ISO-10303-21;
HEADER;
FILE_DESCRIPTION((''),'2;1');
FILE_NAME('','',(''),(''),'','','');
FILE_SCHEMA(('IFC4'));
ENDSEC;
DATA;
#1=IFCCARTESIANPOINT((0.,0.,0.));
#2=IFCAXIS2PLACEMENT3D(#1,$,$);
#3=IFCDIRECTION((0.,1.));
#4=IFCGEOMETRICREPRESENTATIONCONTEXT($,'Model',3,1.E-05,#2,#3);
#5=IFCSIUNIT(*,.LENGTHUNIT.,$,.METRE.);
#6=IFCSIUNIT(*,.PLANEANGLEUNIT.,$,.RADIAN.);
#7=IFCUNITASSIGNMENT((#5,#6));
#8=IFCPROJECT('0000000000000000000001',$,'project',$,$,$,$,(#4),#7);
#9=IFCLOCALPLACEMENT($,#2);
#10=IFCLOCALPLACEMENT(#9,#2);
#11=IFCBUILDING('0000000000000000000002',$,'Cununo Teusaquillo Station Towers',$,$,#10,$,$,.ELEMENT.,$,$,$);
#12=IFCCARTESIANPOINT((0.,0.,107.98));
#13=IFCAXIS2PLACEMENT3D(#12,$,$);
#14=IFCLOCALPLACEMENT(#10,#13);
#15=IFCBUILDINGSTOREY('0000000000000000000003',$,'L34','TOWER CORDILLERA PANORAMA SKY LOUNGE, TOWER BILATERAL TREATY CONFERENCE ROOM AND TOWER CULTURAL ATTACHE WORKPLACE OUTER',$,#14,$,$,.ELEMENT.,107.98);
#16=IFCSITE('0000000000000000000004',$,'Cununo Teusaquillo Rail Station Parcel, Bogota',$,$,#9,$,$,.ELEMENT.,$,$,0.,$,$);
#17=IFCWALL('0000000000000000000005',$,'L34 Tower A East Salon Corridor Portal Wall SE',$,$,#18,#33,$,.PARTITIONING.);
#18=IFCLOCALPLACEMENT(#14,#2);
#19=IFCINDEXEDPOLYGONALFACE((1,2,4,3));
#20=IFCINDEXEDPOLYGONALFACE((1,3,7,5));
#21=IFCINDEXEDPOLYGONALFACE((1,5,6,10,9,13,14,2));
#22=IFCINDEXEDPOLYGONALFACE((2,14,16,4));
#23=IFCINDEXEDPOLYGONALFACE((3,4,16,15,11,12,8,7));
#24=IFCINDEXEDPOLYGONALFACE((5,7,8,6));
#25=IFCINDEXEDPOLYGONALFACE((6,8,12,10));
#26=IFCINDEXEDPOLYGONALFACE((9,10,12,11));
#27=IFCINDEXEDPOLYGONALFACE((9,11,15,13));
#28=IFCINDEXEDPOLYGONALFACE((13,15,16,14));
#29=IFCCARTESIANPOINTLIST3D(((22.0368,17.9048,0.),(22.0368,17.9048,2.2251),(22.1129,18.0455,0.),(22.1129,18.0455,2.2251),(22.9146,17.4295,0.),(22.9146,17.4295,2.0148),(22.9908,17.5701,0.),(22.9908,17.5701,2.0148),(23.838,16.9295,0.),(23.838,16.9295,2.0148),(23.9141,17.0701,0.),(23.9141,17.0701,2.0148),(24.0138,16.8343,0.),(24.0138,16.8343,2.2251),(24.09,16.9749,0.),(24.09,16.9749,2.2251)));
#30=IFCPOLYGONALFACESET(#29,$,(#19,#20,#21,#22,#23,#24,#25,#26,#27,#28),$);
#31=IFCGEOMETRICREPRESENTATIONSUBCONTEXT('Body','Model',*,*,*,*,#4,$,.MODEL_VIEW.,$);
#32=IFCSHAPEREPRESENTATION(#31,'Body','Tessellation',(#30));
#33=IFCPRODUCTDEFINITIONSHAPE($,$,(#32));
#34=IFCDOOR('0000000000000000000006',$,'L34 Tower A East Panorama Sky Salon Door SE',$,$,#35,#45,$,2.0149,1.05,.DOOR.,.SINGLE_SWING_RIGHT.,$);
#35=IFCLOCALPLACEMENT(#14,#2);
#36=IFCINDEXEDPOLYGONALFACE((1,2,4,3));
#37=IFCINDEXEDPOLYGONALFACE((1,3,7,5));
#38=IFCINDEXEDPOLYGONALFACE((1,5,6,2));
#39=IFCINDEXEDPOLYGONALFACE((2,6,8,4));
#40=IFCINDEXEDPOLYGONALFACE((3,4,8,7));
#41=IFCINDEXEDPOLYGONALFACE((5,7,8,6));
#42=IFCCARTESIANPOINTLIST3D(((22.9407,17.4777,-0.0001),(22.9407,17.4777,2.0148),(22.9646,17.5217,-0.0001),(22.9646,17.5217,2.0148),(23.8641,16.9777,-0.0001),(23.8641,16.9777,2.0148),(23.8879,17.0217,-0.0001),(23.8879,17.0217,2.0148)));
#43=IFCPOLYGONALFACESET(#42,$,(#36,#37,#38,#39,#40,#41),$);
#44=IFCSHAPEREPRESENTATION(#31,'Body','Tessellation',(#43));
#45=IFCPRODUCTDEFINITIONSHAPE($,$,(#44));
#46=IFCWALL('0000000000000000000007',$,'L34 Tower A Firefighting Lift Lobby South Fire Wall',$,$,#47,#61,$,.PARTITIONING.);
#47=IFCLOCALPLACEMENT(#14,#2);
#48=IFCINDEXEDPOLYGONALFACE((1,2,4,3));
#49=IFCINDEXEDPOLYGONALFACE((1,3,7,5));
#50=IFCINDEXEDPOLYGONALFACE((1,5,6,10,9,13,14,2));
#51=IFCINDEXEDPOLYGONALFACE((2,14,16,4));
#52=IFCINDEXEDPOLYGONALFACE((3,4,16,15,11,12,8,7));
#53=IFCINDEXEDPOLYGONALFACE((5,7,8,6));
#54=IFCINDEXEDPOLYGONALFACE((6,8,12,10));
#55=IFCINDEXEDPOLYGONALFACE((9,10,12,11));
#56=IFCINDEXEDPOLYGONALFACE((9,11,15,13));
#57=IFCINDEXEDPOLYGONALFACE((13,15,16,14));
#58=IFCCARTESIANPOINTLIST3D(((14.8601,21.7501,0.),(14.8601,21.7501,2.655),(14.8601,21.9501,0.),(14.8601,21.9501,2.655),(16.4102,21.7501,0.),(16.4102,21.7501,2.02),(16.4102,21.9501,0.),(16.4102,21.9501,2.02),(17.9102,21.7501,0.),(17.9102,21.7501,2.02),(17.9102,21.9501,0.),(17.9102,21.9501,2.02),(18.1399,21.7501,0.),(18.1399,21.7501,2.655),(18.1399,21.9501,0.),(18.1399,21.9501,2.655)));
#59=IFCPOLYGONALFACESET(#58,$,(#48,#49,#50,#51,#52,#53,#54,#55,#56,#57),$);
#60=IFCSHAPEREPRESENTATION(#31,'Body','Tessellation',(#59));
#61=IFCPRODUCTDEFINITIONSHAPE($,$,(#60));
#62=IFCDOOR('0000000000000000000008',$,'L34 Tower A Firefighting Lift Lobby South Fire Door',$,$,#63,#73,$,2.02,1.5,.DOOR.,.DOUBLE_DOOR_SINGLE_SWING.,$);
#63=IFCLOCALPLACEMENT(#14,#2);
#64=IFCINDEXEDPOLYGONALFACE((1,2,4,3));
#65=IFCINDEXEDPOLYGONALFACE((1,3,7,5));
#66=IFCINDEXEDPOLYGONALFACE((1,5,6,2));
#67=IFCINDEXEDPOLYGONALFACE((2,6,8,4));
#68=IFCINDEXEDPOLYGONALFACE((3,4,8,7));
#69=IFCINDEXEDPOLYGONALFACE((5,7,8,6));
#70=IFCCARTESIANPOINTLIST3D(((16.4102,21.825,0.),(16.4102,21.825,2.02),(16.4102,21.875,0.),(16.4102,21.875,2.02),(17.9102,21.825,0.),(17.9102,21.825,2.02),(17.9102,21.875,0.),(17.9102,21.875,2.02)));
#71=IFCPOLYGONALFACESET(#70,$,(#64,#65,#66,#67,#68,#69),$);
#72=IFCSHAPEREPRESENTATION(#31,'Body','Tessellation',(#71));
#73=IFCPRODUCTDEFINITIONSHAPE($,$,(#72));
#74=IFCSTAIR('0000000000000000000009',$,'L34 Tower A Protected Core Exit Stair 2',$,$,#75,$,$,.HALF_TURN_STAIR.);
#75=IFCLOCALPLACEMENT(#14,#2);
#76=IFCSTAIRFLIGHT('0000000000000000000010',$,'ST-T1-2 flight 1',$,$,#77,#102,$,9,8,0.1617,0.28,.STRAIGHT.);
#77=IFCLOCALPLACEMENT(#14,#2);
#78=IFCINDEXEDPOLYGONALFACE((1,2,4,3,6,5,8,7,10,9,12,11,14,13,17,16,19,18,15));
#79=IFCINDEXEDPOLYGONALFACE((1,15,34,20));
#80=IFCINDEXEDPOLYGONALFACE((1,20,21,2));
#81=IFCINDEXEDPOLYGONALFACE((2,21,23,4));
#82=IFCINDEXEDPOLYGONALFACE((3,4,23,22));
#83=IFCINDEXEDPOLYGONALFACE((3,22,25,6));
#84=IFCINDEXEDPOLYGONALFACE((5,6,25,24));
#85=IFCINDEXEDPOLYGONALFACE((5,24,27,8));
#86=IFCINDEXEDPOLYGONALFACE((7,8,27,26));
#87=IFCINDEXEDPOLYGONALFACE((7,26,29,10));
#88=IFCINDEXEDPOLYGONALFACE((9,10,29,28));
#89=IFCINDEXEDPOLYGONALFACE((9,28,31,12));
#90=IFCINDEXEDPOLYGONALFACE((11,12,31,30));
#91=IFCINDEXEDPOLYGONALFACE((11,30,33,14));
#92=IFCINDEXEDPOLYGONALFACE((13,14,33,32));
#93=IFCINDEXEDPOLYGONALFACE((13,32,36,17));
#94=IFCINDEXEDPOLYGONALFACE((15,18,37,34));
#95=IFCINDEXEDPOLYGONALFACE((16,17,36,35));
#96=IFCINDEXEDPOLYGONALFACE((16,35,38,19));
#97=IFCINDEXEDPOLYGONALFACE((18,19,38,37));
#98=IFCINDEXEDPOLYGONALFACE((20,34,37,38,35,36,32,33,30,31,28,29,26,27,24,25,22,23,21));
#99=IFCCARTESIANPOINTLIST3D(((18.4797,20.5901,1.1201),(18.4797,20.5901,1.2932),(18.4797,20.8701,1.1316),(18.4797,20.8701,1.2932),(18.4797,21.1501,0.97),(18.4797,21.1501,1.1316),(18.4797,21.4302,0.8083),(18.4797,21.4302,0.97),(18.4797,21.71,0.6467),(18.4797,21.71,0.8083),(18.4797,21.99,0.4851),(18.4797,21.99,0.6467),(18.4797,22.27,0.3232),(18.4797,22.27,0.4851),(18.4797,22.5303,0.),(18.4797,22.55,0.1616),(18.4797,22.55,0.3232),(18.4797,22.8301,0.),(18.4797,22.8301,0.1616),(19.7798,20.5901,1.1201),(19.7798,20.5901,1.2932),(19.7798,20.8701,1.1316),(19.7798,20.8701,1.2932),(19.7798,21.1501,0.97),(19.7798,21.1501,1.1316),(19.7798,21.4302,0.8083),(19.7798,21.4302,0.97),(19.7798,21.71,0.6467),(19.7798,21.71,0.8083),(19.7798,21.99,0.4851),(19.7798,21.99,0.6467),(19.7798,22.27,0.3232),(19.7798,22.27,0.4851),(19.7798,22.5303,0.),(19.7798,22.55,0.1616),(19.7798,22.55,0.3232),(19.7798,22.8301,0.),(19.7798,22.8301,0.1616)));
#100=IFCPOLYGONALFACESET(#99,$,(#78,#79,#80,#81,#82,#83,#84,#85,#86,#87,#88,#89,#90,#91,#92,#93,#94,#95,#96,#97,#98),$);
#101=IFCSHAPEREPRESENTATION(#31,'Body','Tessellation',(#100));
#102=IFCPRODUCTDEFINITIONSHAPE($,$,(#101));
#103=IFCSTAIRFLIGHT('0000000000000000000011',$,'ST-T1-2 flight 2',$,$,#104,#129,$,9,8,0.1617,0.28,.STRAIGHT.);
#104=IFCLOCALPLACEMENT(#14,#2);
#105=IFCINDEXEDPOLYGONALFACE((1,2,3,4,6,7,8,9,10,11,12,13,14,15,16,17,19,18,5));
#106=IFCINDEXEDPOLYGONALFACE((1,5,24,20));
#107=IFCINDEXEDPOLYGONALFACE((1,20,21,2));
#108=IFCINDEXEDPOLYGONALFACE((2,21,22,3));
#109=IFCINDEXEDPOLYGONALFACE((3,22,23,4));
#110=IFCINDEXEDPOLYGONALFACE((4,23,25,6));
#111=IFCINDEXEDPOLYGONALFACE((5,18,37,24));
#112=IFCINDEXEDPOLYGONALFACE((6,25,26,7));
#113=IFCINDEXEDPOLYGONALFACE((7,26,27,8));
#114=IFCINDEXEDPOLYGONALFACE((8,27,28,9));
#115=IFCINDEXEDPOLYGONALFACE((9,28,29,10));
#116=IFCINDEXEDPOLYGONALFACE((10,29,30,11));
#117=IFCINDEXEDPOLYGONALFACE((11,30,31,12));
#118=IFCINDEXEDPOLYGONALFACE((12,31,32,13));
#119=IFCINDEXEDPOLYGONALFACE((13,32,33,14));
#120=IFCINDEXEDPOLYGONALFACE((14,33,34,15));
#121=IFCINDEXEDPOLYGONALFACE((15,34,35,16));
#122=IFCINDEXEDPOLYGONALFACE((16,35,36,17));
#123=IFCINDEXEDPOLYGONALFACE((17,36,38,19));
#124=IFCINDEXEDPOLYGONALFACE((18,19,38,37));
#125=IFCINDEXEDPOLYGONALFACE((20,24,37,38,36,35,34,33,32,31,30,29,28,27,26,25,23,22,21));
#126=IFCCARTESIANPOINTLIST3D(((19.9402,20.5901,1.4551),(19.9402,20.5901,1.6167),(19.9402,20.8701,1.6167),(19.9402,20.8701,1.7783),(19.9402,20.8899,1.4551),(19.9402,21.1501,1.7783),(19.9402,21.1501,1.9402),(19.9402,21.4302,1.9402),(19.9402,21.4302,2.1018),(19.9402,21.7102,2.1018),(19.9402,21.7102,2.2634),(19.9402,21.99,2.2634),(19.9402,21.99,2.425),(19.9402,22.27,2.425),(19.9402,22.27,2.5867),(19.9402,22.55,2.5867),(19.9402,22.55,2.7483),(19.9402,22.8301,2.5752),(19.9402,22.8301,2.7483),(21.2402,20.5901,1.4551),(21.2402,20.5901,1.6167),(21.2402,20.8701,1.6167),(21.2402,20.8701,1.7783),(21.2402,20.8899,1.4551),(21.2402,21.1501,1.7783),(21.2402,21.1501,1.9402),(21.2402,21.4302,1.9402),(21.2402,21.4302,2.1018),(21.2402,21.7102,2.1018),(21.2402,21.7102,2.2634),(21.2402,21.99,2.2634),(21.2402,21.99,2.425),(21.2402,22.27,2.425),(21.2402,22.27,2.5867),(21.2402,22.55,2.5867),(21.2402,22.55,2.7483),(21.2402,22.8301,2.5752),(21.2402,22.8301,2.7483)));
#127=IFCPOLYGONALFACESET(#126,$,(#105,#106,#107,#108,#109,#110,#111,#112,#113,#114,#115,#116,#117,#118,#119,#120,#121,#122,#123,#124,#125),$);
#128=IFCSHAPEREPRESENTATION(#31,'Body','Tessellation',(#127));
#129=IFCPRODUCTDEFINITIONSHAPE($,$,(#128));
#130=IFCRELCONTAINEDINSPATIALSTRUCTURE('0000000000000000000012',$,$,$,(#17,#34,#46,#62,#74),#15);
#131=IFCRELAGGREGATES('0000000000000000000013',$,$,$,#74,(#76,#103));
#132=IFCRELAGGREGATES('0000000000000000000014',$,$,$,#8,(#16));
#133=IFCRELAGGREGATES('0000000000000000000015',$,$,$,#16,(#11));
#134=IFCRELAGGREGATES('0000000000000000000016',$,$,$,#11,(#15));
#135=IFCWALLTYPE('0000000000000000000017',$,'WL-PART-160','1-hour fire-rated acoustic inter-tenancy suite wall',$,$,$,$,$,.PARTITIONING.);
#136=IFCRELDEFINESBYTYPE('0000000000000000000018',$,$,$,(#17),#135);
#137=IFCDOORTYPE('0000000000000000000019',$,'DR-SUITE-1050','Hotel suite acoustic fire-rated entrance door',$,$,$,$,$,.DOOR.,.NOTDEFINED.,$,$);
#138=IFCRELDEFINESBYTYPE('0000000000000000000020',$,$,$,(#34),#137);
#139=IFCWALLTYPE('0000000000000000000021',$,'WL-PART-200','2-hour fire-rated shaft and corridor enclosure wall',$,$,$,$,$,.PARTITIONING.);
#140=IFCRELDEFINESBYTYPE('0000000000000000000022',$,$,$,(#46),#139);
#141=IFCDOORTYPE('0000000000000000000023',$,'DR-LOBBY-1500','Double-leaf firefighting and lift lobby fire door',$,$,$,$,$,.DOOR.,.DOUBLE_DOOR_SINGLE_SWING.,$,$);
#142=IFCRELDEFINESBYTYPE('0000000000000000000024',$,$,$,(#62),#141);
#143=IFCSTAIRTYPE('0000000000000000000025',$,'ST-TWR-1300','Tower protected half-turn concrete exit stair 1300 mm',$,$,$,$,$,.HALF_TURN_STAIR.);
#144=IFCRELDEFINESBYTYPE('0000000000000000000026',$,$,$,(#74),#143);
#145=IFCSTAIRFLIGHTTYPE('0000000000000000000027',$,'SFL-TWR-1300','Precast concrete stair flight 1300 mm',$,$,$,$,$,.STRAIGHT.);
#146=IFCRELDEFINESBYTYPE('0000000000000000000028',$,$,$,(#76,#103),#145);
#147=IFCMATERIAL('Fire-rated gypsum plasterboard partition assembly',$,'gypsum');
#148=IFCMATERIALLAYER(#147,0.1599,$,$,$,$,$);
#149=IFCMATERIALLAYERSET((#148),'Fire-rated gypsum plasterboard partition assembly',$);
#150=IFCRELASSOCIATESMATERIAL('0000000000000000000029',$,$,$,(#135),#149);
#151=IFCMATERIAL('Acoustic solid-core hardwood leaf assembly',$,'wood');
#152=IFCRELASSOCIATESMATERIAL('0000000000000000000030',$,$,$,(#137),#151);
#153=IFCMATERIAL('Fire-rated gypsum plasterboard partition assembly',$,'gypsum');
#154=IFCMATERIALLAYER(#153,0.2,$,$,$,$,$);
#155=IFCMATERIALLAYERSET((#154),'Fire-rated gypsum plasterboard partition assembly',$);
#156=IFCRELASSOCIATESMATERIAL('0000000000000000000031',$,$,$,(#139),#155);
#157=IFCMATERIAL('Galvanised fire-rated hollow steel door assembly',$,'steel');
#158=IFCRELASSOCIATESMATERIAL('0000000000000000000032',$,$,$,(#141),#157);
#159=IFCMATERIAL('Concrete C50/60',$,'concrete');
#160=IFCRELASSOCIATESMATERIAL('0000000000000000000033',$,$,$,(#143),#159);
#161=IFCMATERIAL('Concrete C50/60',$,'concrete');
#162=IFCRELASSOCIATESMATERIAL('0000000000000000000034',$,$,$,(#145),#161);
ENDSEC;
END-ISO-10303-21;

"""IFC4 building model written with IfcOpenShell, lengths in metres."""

from ifc_helpers import new_model, si_unit, direction, frame, frame_2d, origin, place, context, subcontext, project, spatial, polyline, rectangle, outline, extrude, source, transform, mapped, material, layer, layer_set, type_object, element, fill, aggregate, save


model = new_model("IFC4")

# Units and contexts
model_context = context("Model", 3, precision=1e-05, world=origin(), true_north=direction((0.0, 1.0)))
body_context = subcontext(model_context, "Body", "Model", "MODEL_VIEW")
ifc_project = project(units=[si_unit("LENGTHUNIT", "METRE"), si_unit("PLANEANGLEUNIT", "RADIAN")], contexts=[model_context])

# Site, building, storey
site_placement = place(None, origin())
site = spatial("IfcSite", under=ifc_project, at=site_placement, Name="Cununo Teusaquillo Rail Station Parcel, Bogota", CompositionType="ELEMENT", RefElevation=0.0)
building_placement = place(site_placement, origin())
building = spatial("IfcBuilding", under=site, at=building_placement, Name="Cununo Teusaquillo Station Towers", CompositionType="ELEMENT")
storey_placement = place(building_placement, frame((0.0, 0.0, 107.98)))
storey = spatial("IfcBuildingStorey", under=building, at=storey_placement, Name="L34", Description="TOWER CORDILLERA PANORAMA SKY LOUNGE, TOWER BILATERAL TREATY CONFERENCE ROOM AND TOWER CULTURAL ATTACHE WORKPLACE OUTER", CompositionType="ELEMENT", Elevation=107.98)

# Walls, openings, doors
ifc_material_1 = material(Name="Fire-rated gypsum plasterboard partition assembly", Category="gypsum")
ifc_layer_1 = layer(ifc_material_1, 0.1599)
ifc_layer_set_1 = layer_set([ifc_layer_1], Name="Fire-rated gypsum plasterboard partition assembly")
wall_type_1 = type_object("IfcWallType", Name="WL-PART-160", Description="1-hour fire-rated acoustic inter-tenancy suite wall", PredefinedType="PARTITIONING", material=ifc_layer_set_1)
wall_1_placement = place(storey_placement, frame((22.075, 17.9751, 0.0), z_axis=(0.0, 0.0, 1.0), x_axis=(0.879356, -0.476164, 0.0)))
wall_1 = element("IfcWall", 1, at=wall_1_placement, inside=storey, type_object=wall_type_1, Name="L34 Tower A East Salon Corridor Portal Wall SE", PredefinedType="PARTITIONING", context=body_context, shape_type="SweptSolid", body=[
    extrude(rectangle(XDim=2.2483, YDim=0.1599, at=frame_2d((1.124, 0.0))), origin(), (0.0, 0.0, 1.0), 2.2251),
])
shared_shape_1 = source(origin(), body_context, "Body", "SweptSolid", [
    extrude(rectangle(XDim=1.05, YDim=2.0149, at=frame_2d((0.5249, 1.0073))), frame((0.0, 0.0898, 0.0), z_axis=(0.0, -1.0, 0.0), x_axis=(1.0, 0.0, 0.0)), (0.0, 0.0, 1.0), 0.1799),
])
opening_1_placement = place(wall_1_placement, frame((0.9983, 0.0, 0.0)))
opening_1 = element("IfcOpeningElement", 2, at=opening_1_placement, cuts=wall_1, PredefinedType="OPENING", context=body_context, shape_type="MappedRepresentation", body=[
    mapped(shared_shape_1, transform((0.0, 0.0, 0.0), x_axis=(1.0, 0.0, 0.0), y_axis=(0.0, 1.0, 0.0), z_axis=(0.0, 0.0, 1.0), scale=1.0)),
])
ifc_material_2 = material(Name="Acoustic solid-core hardwood leaf assembly", Category="wood")
door_type_1 = type_object("IfcDoorType", Name="DR-SUITE-1050", Description="Hotel suite acoustic fire-rated entrance door", OperationType="NOTDEFINED", PredefinedType="DOOR", material=ifc_material_2)
shared_shape_2 = source(origin(), body_context, "Body", "SweptSolid", [
    extrude(rectangle(XDim=1.05, YDim=2.0149, at=frame_2d((0.5249, 1.0073))), frame((0.0, 0.0249, 0.0), z_axis=(0.0, -1.0, 0.0), x_axis=(1.0, 0.0, 0.0)), (0.0, 0.0, 1.0), 0.05),
])
door_1_placement = place(opening_1_placement, origin())
door_1 = element("IfcDoor", 3, at=door_1_placement, inside=storey, type_object=door_type_1, Name="L34 Tower A East Panorama Sky Salon Door SE", OperationType="SINGLE_SWING_RIGHT", OverallHeight=2.0149, OverallWidth=1.05, PredefinedType="DOOR", context=body_context, shape_type="MappedRepresentation", body=[
    mapped(shared_shape_2, transform((0.0, 0.0, 0.0), x_axis=(1.0, 0.0, 0.0), y_axis=(0.0, 1.0, 0.0), z_axis=(0.0, 0.0, 1.0), scale=1.0)),
])
fill(opening_1, door_1)
ifc_material_3 = material(Name="Fire-rated gypsum plasterboard partition assembly", Category="gypsum")
ifc_layer_2 = layer(ifc_material_3, 0.2)
ifc_layer_set_2 = layer_set([ifc_layer_2], Name="Fire-rated gypsum plasterboard partition assembly")
wall_type_2 = type_object("IfcWallType", Name="WL-PART-200", Description="2-hour fire-rated shaft and corridor enclosure wall", PredefinedType="PARTITIONING", material=ifc_layer_set_2)
wall_2_placement = place(storey_placement, frame((14.8601, 21.8501, 0.0), z_axis=(0.0, 0.0, 1.0), x_axis=(1.0, 0.0, 0.0)))
wall_2 = element("IfcWall", 4, at=wall_2_placement, inside=storey, type_object=wall_type_2, Name="L34 Tower A Firefighting Lift Lobby South Fire Wall", PredefinedType="PARTITIONING", context=body_context, shape_type="SweptSolid", body=[
    extrude(rectangle(XDim=3.2798, YDim=0.2, at=frame_2d((1.6399, 0.0))), origin(), (0.0, 0.0, 1.0), 2.655),
])
shared_shape_3 = source(origin(), body_context, "Body", "SweptSolid", [
    extrude(rectangle(XDim=1.5, YDim=2.02, at=frame_2d((0.75, 1.01))), frame((0.0, 0.1099, 0.0), z_axis=(0.0, -1.0, 0.0), x_axis=(1.0, 0.0, 0.0)), (0.0, 0.0, 1.0), 0.22),
])
opening_2_placement = place(wall_2_placement, frame((1.55, 0.0, 0.0)))
opening_2 = element("IfcOpeningElement", 5, at=opening_2_placement, cuts=wall_2, PredefinedType="OPENING", context=body_context, shape_type="MappedRepresentation", body=[
    mapped(shared_shape_3, transform((0.0, 0.0, 0.0), x_axis=(1.0, 0.0, 0.0), y_axis=(0.0, 1.0, 0.0), z_axis=(0.0, 0.0, 1.0), scale=1.0)),
])
ifc_material_4 = material(Name="Galvanised fire-rated hollow steel door assembly", Category="steel")
door_type_2 = type_object("IfcDoorType", Name="DR-LOBBY-1500", Description="Double-leaf firefighting and lift lobby fire door", OperationType="DOUBLE_DOOR_SINGLE_SWING", PredefinedType="DOOR", material=ifc_material_4)
shared_shape_4 = source(origin(), body_context, "Body", "SweptSolid", [
    extrude(rectangle(XDim=1.5, YDim=2.02, at=frame_2d((0.75, 1.01))), frame((0.0, 0.0249, 0.0), z_axis=(0.0, -1.0, 0.0), x_axis=(1.0, 0.0, 0.0)), (0.0, 0.0, 1.0), 0.05),
])
door_2_placement = place(opening_2_placement, origin())
door_2 = element("IfcDoor", 6, at=door_2_placement, inside=storey, type_object=door_type_2, Name="L34 Tower A Firefighting Lift Lobby South Fire Door", OperationType="DOUBLE_DOOR_SINGLE_SWING", OverallHeight=2.02, OverallWidth=1.5, PredefinedType="DOOR", context=body_context, shape_type="MappedRepresentation", body=[
    mapped(shared_shape_4, transform((0.0, 0.0, 0.0), x_axis=(1.0, 0.0, 0.0), y_axis=(0.0, 1.0, 0.0), z_axis=(0.0, 0.0, 1.0), scale=1.0)),
])
fill(opening_2, door_2)

# Stair, stair flights
ifc_material_5 = material(Name="Concrete C50/60", Category="concrete")
stair_type = type_object("IfcStairType", Name="ST-TWR-1300", Description="Tower protected half-turn concrete exit stair 1300 mm", PredefinedType="HALF_TURN_STAIR", material=ifc_material_5)
stair_placement = place(storey_placement, origin())
stair = element("IfcStair", 7, at=stair_placement, inside=storey, type_object=stair_type, Name="L34 Tower A Protected Core Exit Stair 2", PredefinedType="HALF_TURN_STAIR")
ifc_material_6 = material(Name="Concrete C50/60", Category="concrete")
stair_flight_type = type_object("IfcStairFlightType", Name="SFL-TWR-1300", Description="Precast concrete stair flight 1300 mm", PredefinedType="STRAIGHT", material=ifc_material_6)
stair_flight_1_placement = place(storey_placement, frame((19.1299, 22.8301, 0.0), z_axis=(0.0, 0.0, 1.0), x_axis=(0.0, -1.0, 0.0)))
stair_flight_1 = element("IfcStairFlight", 8, at=stair_flight_1_placement, type_object=stair_flight_type, Name="ST-T1-2 flight 1", NumberOfRisers=9, NumberOfTreads=8, PredefinedType="STRAIGHT", RiserHeight=0.1617, TreadLength=0.28, context=body_context, shape_type="SweptSolid", body=[
    extrude(outline(polyline([(0.0, 0.0), (0.0, 0.1616), (0.28, 0.1616), (0.28, 0.3232), (0.5601, 0.3232), (0.5601, 0.4851), (0.8401, 0.4851), (0.8401, 0.6467), (1.1201, 0.6467), (1.1201, 0.8083), (1.3999, 0.8083), (1.3999, 0.97), (1.6799, 0.97), (1.6799, 1.1316), (1.96, 1.1316), (1.96, 1.2932), (2.24, 1.2932), (2.24, 1.4551), (2.24, 1.1201), (0.2998, 0.0), (0.0, 0.0)])), frame((0.0, 0.6499, 0.0), z_axis=(0.0, -1.0, 0.0), x_axis=(1.0, 0.0, 0.0)), (0.0, 0.0, 1.0), 1.3),
])
stair_flight_2_placement = place(storey_placement, frame((20.5901, 20.5901, 1.4551), z_axis=(0.0, 0.0, 1.0), x_axis=(0.0, 1.0, 0.0)))
stair_flight_2 = element("IfcStairFlight", 9, at=stair_flight_2_placement, type_object=stair_flight_type, Name="ST-T1-2 flight 2", NumberOfRisers=9, NumberOfTreads=8, PredefinedType="STRAIGHT", RiserHeight=0.1617, TreadLength=0.28, context=body_context, shape_type="SweptSolid", body=[
    extrude(outline(polyline([(0.0, 0.0), (0.0, 0.1616), (0.28, 0.1616), (0.28, 0.3232), (0.5601, 0.3232), (0.5601, 0.4851), (0.8401, 0.4851), (0.8401, 0.6467), (1.1201, 0.6467), (1.1201, 0.8083), (1.3999, 0.8083), (1.3999, 0.97), (1.6799, 0.97), (1.6799, 1.1316), (1.96, 1.1316), (1.96, 1.2932), (2.24, 1.2932), (2.24, 1.4551), (2.24, 1.1201), (0.2998, 0.0), (0.0, 0.0)])), frame((0.0, 0.6499, 0.0), z_axis=(0.0, -1.0, 0.0), x_axis=(1.0, 0.0, 0.0)), (0.0, 0.0, 1.0), 1.3),
])
aggregate(stair, [stair_flight_1, stair_flight_2])

save(model, "model.ifc")
